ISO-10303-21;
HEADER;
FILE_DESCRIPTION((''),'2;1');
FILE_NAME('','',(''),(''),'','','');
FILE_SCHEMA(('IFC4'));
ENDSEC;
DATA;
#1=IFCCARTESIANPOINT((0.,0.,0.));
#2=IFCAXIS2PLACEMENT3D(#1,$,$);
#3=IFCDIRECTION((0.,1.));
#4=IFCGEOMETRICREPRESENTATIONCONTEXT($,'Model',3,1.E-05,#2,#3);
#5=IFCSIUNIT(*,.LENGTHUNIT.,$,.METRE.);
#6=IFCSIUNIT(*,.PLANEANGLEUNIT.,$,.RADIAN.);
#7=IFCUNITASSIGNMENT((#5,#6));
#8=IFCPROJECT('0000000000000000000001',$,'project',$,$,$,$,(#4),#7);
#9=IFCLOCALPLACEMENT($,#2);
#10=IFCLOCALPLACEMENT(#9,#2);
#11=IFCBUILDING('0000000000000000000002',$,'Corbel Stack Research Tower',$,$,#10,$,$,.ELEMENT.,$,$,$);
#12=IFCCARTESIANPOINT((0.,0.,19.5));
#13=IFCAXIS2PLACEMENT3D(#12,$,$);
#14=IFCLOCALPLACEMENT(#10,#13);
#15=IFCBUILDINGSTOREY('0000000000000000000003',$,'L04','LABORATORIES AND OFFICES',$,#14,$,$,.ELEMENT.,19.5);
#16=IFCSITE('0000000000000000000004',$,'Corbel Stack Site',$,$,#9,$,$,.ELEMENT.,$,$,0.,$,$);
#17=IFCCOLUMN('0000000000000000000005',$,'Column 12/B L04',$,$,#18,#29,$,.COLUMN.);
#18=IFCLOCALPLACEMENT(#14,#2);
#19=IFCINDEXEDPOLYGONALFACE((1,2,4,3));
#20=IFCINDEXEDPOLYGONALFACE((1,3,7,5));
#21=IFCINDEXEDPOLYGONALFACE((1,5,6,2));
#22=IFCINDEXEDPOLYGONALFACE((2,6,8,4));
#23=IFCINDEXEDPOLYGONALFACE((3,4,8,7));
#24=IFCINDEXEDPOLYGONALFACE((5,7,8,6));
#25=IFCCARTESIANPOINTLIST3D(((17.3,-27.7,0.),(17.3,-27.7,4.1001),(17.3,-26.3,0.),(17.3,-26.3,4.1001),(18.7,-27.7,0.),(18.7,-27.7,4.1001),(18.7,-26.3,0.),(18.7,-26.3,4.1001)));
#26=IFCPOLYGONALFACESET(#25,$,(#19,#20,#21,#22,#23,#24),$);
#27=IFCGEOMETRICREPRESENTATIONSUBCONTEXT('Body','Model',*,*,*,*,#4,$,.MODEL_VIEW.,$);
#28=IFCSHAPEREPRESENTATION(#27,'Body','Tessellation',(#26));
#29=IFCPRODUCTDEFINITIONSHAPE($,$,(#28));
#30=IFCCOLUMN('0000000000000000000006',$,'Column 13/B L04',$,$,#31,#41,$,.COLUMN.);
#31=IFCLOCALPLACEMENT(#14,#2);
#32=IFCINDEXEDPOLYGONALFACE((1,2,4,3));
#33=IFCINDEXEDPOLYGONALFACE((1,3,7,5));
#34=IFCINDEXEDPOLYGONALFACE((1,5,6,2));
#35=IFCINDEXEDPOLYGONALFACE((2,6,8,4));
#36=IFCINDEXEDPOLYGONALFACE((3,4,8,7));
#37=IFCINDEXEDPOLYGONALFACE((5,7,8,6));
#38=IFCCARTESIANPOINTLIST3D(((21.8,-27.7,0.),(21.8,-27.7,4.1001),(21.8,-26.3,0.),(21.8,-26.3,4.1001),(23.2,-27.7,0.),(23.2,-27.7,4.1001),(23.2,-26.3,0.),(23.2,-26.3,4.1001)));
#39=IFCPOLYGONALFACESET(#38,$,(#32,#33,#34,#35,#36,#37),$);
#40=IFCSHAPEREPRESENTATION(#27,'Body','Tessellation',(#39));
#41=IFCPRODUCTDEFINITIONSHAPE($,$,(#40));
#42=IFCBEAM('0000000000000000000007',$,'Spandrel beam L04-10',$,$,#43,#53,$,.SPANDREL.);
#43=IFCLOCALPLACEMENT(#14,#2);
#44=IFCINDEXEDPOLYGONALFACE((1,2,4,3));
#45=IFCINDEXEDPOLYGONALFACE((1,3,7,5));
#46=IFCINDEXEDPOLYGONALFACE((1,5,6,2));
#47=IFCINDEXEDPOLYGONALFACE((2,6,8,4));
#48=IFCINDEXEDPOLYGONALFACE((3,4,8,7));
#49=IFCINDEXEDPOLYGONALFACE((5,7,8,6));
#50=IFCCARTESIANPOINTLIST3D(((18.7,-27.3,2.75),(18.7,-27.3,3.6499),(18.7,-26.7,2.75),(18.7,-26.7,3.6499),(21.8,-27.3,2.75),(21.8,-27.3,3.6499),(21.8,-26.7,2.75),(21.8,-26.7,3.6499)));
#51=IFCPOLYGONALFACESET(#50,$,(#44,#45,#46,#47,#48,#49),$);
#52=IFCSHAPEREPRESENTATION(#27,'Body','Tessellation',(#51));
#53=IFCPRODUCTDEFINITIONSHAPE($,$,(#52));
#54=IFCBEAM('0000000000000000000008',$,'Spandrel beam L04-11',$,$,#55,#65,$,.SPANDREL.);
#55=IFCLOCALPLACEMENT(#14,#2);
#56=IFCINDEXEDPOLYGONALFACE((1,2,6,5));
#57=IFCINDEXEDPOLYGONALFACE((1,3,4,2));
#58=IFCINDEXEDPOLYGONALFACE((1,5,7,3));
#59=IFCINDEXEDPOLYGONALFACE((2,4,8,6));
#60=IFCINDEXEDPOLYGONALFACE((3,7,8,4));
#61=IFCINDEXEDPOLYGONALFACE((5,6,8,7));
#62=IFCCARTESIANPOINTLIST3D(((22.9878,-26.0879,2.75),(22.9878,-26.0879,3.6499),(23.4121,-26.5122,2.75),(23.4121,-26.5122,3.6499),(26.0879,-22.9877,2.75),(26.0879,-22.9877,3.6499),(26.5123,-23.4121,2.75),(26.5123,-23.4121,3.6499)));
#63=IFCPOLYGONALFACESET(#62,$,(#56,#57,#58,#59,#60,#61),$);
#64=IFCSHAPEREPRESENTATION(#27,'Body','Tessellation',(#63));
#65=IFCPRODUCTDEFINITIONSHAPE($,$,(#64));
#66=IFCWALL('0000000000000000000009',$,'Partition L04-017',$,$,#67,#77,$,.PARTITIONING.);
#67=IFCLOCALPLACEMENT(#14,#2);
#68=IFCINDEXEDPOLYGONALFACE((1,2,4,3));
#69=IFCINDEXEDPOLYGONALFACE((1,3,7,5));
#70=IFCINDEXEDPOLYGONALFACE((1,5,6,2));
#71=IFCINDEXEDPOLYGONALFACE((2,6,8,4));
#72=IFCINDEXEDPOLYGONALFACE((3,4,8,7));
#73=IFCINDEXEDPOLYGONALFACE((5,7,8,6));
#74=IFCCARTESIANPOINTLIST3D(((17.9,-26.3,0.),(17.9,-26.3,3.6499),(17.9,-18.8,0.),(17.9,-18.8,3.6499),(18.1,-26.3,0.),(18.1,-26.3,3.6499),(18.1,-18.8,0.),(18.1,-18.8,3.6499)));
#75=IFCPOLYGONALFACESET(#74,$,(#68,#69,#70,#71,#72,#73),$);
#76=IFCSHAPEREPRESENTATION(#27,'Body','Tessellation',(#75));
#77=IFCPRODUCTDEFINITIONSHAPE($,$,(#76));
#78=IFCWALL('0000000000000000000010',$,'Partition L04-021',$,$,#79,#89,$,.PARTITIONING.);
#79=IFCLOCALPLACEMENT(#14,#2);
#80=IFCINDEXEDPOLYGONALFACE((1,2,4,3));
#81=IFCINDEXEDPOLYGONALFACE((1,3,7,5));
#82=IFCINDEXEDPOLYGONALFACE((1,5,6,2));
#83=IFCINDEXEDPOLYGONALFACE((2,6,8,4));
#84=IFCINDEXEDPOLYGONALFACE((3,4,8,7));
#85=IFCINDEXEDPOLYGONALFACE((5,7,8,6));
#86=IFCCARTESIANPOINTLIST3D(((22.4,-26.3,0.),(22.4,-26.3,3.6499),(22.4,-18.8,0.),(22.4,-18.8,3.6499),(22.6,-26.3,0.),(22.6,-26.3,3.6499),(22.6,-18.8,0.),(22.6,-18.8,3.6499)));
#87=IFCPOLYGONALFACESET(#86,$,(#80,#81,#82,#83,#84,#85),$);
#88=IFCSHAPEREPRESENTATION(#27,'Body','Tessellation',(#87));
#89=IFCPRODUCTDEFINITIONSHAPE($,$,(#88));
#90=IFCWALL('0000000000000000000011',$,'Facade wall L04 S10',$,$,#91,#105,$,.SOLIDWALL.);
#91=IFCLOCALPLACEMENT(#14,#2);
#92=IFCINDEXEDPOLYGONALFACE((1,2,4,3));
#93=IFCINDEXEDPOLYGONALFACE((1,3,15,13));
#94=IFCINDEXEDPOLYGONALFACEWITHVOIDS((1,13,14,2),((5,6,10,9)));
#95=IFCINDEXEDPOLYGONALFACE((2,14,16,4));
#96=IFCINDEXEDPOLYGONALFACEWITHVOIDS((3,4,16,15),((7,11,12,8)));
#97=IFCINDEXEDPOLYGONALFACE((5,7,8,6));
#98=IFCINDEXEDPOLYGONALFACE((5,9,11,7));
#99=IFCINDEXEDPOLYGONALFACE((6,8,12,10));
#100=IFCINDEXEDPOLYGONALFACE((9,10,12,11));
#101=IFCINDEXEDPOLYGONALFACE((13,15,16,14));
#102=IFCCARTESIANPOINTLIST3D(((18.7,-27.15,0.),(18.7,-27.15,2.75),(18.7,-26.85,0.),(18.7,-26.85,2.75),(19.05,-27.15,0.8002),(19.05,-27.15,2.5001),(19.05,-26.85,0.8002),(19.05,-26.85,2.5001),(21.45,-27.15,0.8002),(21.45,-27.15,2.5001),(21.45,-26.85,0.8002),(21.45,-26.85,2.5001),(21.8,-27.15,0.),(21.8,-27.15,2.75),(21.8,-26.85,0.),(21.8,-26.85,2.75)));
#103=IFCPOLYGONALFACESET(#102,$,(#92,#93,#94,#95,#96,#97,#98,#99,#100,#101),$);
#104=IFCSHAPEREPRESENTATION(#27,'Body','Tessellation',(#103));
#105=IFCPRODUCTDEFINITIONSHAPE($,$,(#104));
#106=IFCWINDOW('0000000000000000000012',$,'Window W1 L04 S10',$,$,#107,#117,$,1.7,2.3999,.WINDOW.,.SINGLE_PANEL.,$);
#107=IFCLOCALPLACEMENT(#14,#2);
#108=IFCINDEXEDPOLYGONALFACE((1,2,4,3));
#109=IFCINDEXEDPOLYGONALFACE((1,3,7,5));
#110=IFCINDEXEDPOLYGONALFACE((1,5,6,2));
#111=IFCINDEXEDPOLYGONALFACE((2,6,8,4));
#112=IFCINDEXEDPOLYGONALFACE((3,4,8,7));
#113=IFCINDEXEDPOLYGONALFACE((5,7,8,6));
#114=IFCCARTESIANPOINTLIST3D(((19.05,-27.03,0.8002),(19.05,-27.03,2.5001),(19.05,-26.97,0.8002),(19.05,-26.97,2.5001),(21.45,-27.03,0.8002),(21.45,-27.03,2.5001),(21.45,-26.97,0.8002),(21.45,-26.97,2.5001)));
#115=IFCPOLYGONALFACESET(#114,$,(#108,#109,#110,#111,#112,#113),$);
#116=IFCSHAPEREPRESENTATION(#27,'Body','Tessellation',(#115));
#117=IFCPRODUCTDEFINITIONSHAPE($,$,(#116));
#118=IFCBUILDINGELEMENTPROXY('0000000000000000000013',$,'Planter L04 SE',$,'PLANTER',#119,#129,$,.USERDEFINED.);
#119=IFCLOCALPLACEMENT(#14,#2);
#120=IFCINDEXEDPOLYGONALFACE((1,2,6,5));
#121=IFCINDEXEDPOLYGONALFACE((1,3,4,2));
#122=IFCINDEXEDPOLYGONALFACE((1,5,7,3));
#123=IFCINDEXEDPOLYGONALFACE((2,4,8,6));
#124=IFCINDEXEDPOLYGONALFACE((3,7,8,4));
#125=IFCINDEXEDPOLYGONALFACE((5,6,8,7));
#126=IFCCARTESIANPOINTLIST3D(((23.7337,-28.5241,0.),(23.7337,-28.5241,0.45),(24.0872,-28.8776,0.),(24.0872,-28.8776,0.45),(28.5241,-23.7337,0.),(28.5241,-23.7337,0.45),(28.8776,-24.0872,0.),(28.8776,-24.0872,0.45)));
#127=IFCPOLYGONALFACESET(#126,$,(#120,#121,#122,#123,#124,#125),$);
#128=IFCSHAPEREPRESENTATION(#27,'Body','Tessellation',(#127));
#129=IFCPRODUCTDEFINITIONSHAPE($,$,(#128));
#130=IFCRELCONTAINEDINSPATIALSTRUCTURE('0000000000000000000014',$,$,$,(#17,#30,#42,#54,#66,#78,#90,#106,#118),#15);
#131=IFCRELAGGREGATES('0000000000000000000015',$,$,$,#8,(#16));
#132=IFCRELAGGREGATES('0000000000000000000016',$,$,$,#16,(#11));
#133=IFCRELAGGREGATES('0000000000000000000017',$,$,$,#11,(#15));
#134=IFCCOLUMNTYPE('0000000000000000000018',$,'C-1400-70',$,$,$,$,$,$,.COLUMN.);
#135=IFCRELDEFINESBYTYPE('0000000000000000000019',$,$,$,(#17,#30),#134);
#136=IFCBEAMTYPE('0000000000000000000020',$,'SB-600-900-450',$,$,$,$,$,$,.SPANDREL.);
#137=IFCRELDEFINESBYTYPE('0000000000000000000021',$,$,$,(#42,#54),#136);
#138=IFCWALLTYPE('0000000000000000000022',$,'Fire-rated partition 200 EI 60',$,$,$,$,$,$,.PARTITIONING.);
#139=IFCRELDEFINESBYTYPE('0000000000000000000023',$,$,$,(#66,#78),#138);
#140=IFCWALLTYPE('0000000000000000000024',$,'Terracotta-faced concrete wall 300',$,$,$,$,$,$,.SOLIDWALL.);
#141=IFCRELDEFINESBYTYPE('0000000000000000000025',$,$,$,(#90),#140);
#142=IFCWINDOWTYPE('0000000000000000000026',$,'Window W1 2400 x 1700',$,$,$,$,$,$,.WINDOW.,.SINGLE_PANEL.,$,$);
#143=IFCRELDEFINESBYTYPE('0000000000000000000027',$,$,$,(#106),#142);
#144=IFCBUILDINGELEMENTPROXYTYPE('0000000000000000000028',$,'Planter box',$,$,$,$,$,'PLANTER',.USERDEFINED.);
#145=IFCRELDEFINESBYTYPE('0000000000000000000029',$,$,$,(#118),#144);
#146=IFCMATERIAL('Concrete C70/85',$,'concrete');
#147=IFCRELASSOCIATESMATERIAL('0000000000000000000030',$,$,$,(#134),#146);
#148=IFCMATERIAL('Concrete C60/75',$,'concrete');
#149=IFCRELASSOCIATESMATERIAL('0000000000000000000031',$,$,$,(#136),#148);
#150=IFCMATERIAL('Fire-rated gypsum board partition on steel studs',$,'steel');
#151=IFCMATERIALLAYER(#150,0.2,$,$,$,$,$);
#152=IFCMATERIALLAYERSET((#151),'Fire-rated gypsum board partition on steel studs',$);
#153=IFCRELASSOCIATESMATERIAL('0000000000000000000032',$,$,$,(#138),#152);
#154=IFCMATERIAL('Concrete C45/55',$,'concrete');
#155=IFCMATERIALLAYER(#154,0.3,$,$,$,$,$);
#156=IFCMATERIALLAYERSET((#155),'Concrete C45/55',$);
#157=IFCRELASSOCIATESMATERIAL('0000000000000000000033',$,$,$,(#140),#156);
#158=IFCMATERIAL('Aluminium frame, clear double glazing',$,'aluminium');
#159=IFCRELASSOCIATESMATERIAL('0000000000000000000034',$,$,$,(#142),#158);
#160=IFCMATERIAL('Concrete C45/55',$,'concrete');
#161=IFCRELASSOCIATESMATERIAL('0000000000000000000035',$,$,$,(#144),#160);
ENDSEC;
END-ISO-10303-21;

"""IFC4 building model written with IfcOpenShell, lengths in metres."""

from ifc_helpers import new_model, si_unit, direction, frame, frame_2d, origin, origin_2d, place, context, subcontext, project, spatial, rectangle, extrude, material, layer, layer_set, material_profile, profile_set, type_object, element, fill, save


model = new_model("IFC4")

# Units and contexts
model_context = context("Model", 3, precision=1e-05, world=origin(), true_north=direction((0.0, 1.0)))
body_context = subcontext(model_context, "Body", "Model", "MODEL_VIEW")
ifc_project = project(units=[si_unit("LENGTHUNIT", "METRE"), si_unit("PLANEANGLEUNIT", "RADIAN")], contexts=[model_context])

# Site, building, storey
site_placement = place(None, origin())
site = spatial("IfcSite", under=ifc_project, at=site_placement, Name="Corbel Stack Site", CompositionType="ELEMENT", RefElevation=0.0)
building_placement = place(site_placement, origin())
building = spatial("IfcBuilding", under=site, at=building_placement, Name="Corbel Stack Research Tower", CompositionType="ELEMENT")
storey_placement = place(building_placement, frame((0.0, 0.0, 19.5)))
storey = spatial("IfcBuildingStorey", under=building, at=storey_placement, Name="L04", Description="LABORATORIES AND OFFICES", CompositionType="ELEMENT", Elevation=19.5)

# Columns
ifc_material_1 = material(Name="Concrete C70/85", Category="concrete")
ifc_material_profile_1 = material_profile(ifc_material_1, rectangle(XDim=1.3999, YDim=1.3999, at=origin_2d()), Name="RC 1400 x 1400")
ifc_profile_set_1 = profile_set([ifc_material_profile_1], Name="Concrete C70/85")
column_type = type_object("IfcColumnType", Name="C-1400-70", PredefinedType="COLUMN", material=ifc_profile_set_1)
for number, where, z_axis, x_axis, name in (
    (1, (18.0, -27.0, 0.0), (0.0, 0.0, 1.0), (1.0, 0.0, 0.0), "Column 12/B L04"),
    (2, (22.5, -27.0, 0.0), (0.0, 0.0, 1.0), (1.0, 0.0, 0.0), "Column 13/B L04"),
):
    element("IfcColumn", number, at=place(storey_placement, frame(where, z_axis=z_axis, x_axis=x_axis)), inside=storey, type_object=column_type, Name=name, PredefinedType="COLUMN", context=body_context, shape_type="SweptSolid", body=[
        extrude(rectangle(XDim=1.3999, YDim=1.3999, at=origin_2d()), origin(), (0.0, 0.0, 1.0), 4.1001),
    ])

# Beams
ifc_material_2 = material(Name="Concrete C60/75", Category="concrete")
ifc_material_profile_2 = material_profile(ifc_material_2, rectangle(XDim=0.6001, YDim=0.8999, at=origin_2d()), Name="RC 600 x 900")
ifc_profile_set_2 = profile_set([ifc_material_profile_2], Name="Concrete C60/75")
beam_type = type_object("IfcBeamType", Name="SB-600-900-450", PredefinedType="SPANDREL", material=ifc_profile_set_2)
beam_1_placement = place(storey_placement, frame((18.7, -27.0, 3.2), z_axis=(1.0, 0.0, 0.0), x_axis=(0.0, 1.0, 0.0)))
element("IfcBeam", 3, at=beam_1_placement, inside=storey, type_object=beam_type, Name="Spandrel beam L04-10", PredefinedType="SPANDREL", context=body_context, shape_type="SweptSolid", body=[
    extrude(rectangle(XDim=0.6001, YDim=0.8999, at=origin_2d()), origin(), (0.0, 0.0, 1.0), 3.1001),
])
beam_2_placement = place(storey_placement, frame((23.2, -26.3, 3.2), z_axis=(0.707107, 0.707107, 0.0), x_axis=(-0.707107, 0.707107, 0.0)))
element("IfcBeam", 4, at=beam_2_placement, inside=storey, type_object=beam_type, Name="Spandrel beam L04-11", PredefinedType="SPANDREL", context=body_context, shape_type="SweptSolid", body=[
    extrude(rectangle(XDim=0.6001, YDim=0.8999, at=origin_2d()), origin(), (0.0, 0.0, 1.0), 4.3843),
])

# Walls
ifc_material_3 = material(Name="Fire-rated gypsum board partition on steel studs", Category="steel")
ifc_layer_1 = layer(ifc_material_3, 0.2)
ifc_layer_set_1 = layer_set([ifc_layer_1], Name="Fire-rated gypsum board partition on steel studs")
wall_type_1 = type_object("IfcWallType", Name="Fire-rated partition 200 EI 60", PredefinedType="PARTITIONING", material=ifc_layer_set_1)
for number, where, z_axis, x_axis, name in (
    (5, (18.0, -26.3, 0.0), (0.0, 0.0, 1.0), (0.0, 1.0, 0.0), "Partition L04-017"),
    (6, (22.5, -26.3, 0.0), (0.0, 0.0, 1.0), (0.0, 1.0, 0.0), "Partition L04-021"),
):
    element("IfcWall", number, at=place(storey_placement, frame(where, z_axis=z_axis, x_axis=x_axis)), inside=storey, type_object=wall_type_1, Name=name, PredefinedType="PARTITIONING", context=body_context, shape_type="SweptSolid", body=[
        extrude(rectangle(XDim=7.5, YDim=0.2, at=frame_2d((3.75, 0.0))), origin(), (0.0, 0.0, 1.0), 3.6499),
    ])

# Wall, opening, window
ifc_material_4 = material(Name="Concrete C45/55", Category="concrete")
ifc_layer_2 = layer(ifc_material_4, 0.3)
ifc_layer_set_2 = layer_set([ifc_layer_2], Name="Concrete C45/55")
wall_type_2 = type_object("IfcWallType", Name="Terracotta-faced concrete wall 300", PredefinedType="SOLIDWALL", material=ifc_layer_set_2)
wall_placement = place(storey_placement, frame((21.8, -27.0, 0.0), z_axis=(0.0, 0.0, 1.0), x_axis=(-1.0, 0.0, 0.0)))
wall = element("IfcWall", 7, at=wall_placement, inside=storey, type_object=wall_type_2, Name="Facade wall L04 S10", PredefinedType="SOLIDWALL", context=body_context, shape_type="SweptSolid", body=[
    extrude(rectangle(XDim=3.1001, YDim=0.3, at=frame_2d((1.55, 0.0))), origin(), (0.0, 0.0, 1.0), 2.75),
])
opening_placement = place(wall_placement, frame((0.3501, 0.0, 0.8)))
opening = element("IfcOpeningElement", 8, at=opening_placement, cuts=wall, PredefinedType="OPENING", context=body_context, shape_type="SweptSolid", body=[
    extrude(rectangle(XDim=2.3999, YDim=1.7, at=frame_2d((1.2, 0.8501))), frame((0.0, 0.1599, 0.0), z_axis=(0.0, -1.0, 0.0), x_axis=(1.0, 0.0, 0.0)), (0.0, 0.0, 1.0), 0.3201),
])
ifc_material_5 = material(Name="Aluminium frame, clear double glazing", Category="aluminium")
window_type = type_object("IfcWindowType", Name="Window W1 2400 x 1700", PartitioningType="SINGLE_PANEL", PredefinedType="WINDOW", material=ifc_material_5)
window_placement = place(opening_placement, origin())
window = element("IfcWindow", 9, at=window_placement, inside=storey, type_object=window_type, Name="Window W1 L04 S10", OverallHeight=1.7, OverallWidth=2.3999, PartitioningType="SINGLE_PANEL", PredefinedType="WINDOW", context=body_context, shape_type="SweptSolid", body=[
    extrude(rectangle(XDim=2.3999, YDim=1.7, at=frame_2d((1.2, 0.8501))), frame((0.0, 0.03, 0.0), z_axis=(0.0, -1.0, 0.0), x_axis=(1.0, 0.0, 0.0)), (0.0, 0.0, 1.0), 0.0601),
])
fill(opening, window)

# Building element proxy
ifc_material_6 = material(Name="Concrete C45/55", Category="concrete")
building_element_proxy_type = type_object("IfcBuildingElementProxyType", Name="Planter box", ElementType="PLANTER", PredefinedType="USERDEFINED", material=ifc_material_6)
proxy_placement = place(storey_placement, frame((26.3057, -26.3057, 0.0), z_axis=(0.0, 0.0, 1.0), x_axis=(0.707107, 0.707107, 0.0)))
element("IfcBuildingElementProxy", 10, at=proxy_placement, inside=storey, type_object=building_element_proxy_type, Name="Planter L04 SE", ObjectType="PLANTER", PredefinedType="USERDEFINED", context=body_context, shape_type="SweptSolid", body=[
    extrude(rectangle(XDim=6.7747, YDim=0.5, at=origin_2d()), origin(), (0.0, 0.0, 1.0), 0.45),
])

save(model, "model.ifc")
